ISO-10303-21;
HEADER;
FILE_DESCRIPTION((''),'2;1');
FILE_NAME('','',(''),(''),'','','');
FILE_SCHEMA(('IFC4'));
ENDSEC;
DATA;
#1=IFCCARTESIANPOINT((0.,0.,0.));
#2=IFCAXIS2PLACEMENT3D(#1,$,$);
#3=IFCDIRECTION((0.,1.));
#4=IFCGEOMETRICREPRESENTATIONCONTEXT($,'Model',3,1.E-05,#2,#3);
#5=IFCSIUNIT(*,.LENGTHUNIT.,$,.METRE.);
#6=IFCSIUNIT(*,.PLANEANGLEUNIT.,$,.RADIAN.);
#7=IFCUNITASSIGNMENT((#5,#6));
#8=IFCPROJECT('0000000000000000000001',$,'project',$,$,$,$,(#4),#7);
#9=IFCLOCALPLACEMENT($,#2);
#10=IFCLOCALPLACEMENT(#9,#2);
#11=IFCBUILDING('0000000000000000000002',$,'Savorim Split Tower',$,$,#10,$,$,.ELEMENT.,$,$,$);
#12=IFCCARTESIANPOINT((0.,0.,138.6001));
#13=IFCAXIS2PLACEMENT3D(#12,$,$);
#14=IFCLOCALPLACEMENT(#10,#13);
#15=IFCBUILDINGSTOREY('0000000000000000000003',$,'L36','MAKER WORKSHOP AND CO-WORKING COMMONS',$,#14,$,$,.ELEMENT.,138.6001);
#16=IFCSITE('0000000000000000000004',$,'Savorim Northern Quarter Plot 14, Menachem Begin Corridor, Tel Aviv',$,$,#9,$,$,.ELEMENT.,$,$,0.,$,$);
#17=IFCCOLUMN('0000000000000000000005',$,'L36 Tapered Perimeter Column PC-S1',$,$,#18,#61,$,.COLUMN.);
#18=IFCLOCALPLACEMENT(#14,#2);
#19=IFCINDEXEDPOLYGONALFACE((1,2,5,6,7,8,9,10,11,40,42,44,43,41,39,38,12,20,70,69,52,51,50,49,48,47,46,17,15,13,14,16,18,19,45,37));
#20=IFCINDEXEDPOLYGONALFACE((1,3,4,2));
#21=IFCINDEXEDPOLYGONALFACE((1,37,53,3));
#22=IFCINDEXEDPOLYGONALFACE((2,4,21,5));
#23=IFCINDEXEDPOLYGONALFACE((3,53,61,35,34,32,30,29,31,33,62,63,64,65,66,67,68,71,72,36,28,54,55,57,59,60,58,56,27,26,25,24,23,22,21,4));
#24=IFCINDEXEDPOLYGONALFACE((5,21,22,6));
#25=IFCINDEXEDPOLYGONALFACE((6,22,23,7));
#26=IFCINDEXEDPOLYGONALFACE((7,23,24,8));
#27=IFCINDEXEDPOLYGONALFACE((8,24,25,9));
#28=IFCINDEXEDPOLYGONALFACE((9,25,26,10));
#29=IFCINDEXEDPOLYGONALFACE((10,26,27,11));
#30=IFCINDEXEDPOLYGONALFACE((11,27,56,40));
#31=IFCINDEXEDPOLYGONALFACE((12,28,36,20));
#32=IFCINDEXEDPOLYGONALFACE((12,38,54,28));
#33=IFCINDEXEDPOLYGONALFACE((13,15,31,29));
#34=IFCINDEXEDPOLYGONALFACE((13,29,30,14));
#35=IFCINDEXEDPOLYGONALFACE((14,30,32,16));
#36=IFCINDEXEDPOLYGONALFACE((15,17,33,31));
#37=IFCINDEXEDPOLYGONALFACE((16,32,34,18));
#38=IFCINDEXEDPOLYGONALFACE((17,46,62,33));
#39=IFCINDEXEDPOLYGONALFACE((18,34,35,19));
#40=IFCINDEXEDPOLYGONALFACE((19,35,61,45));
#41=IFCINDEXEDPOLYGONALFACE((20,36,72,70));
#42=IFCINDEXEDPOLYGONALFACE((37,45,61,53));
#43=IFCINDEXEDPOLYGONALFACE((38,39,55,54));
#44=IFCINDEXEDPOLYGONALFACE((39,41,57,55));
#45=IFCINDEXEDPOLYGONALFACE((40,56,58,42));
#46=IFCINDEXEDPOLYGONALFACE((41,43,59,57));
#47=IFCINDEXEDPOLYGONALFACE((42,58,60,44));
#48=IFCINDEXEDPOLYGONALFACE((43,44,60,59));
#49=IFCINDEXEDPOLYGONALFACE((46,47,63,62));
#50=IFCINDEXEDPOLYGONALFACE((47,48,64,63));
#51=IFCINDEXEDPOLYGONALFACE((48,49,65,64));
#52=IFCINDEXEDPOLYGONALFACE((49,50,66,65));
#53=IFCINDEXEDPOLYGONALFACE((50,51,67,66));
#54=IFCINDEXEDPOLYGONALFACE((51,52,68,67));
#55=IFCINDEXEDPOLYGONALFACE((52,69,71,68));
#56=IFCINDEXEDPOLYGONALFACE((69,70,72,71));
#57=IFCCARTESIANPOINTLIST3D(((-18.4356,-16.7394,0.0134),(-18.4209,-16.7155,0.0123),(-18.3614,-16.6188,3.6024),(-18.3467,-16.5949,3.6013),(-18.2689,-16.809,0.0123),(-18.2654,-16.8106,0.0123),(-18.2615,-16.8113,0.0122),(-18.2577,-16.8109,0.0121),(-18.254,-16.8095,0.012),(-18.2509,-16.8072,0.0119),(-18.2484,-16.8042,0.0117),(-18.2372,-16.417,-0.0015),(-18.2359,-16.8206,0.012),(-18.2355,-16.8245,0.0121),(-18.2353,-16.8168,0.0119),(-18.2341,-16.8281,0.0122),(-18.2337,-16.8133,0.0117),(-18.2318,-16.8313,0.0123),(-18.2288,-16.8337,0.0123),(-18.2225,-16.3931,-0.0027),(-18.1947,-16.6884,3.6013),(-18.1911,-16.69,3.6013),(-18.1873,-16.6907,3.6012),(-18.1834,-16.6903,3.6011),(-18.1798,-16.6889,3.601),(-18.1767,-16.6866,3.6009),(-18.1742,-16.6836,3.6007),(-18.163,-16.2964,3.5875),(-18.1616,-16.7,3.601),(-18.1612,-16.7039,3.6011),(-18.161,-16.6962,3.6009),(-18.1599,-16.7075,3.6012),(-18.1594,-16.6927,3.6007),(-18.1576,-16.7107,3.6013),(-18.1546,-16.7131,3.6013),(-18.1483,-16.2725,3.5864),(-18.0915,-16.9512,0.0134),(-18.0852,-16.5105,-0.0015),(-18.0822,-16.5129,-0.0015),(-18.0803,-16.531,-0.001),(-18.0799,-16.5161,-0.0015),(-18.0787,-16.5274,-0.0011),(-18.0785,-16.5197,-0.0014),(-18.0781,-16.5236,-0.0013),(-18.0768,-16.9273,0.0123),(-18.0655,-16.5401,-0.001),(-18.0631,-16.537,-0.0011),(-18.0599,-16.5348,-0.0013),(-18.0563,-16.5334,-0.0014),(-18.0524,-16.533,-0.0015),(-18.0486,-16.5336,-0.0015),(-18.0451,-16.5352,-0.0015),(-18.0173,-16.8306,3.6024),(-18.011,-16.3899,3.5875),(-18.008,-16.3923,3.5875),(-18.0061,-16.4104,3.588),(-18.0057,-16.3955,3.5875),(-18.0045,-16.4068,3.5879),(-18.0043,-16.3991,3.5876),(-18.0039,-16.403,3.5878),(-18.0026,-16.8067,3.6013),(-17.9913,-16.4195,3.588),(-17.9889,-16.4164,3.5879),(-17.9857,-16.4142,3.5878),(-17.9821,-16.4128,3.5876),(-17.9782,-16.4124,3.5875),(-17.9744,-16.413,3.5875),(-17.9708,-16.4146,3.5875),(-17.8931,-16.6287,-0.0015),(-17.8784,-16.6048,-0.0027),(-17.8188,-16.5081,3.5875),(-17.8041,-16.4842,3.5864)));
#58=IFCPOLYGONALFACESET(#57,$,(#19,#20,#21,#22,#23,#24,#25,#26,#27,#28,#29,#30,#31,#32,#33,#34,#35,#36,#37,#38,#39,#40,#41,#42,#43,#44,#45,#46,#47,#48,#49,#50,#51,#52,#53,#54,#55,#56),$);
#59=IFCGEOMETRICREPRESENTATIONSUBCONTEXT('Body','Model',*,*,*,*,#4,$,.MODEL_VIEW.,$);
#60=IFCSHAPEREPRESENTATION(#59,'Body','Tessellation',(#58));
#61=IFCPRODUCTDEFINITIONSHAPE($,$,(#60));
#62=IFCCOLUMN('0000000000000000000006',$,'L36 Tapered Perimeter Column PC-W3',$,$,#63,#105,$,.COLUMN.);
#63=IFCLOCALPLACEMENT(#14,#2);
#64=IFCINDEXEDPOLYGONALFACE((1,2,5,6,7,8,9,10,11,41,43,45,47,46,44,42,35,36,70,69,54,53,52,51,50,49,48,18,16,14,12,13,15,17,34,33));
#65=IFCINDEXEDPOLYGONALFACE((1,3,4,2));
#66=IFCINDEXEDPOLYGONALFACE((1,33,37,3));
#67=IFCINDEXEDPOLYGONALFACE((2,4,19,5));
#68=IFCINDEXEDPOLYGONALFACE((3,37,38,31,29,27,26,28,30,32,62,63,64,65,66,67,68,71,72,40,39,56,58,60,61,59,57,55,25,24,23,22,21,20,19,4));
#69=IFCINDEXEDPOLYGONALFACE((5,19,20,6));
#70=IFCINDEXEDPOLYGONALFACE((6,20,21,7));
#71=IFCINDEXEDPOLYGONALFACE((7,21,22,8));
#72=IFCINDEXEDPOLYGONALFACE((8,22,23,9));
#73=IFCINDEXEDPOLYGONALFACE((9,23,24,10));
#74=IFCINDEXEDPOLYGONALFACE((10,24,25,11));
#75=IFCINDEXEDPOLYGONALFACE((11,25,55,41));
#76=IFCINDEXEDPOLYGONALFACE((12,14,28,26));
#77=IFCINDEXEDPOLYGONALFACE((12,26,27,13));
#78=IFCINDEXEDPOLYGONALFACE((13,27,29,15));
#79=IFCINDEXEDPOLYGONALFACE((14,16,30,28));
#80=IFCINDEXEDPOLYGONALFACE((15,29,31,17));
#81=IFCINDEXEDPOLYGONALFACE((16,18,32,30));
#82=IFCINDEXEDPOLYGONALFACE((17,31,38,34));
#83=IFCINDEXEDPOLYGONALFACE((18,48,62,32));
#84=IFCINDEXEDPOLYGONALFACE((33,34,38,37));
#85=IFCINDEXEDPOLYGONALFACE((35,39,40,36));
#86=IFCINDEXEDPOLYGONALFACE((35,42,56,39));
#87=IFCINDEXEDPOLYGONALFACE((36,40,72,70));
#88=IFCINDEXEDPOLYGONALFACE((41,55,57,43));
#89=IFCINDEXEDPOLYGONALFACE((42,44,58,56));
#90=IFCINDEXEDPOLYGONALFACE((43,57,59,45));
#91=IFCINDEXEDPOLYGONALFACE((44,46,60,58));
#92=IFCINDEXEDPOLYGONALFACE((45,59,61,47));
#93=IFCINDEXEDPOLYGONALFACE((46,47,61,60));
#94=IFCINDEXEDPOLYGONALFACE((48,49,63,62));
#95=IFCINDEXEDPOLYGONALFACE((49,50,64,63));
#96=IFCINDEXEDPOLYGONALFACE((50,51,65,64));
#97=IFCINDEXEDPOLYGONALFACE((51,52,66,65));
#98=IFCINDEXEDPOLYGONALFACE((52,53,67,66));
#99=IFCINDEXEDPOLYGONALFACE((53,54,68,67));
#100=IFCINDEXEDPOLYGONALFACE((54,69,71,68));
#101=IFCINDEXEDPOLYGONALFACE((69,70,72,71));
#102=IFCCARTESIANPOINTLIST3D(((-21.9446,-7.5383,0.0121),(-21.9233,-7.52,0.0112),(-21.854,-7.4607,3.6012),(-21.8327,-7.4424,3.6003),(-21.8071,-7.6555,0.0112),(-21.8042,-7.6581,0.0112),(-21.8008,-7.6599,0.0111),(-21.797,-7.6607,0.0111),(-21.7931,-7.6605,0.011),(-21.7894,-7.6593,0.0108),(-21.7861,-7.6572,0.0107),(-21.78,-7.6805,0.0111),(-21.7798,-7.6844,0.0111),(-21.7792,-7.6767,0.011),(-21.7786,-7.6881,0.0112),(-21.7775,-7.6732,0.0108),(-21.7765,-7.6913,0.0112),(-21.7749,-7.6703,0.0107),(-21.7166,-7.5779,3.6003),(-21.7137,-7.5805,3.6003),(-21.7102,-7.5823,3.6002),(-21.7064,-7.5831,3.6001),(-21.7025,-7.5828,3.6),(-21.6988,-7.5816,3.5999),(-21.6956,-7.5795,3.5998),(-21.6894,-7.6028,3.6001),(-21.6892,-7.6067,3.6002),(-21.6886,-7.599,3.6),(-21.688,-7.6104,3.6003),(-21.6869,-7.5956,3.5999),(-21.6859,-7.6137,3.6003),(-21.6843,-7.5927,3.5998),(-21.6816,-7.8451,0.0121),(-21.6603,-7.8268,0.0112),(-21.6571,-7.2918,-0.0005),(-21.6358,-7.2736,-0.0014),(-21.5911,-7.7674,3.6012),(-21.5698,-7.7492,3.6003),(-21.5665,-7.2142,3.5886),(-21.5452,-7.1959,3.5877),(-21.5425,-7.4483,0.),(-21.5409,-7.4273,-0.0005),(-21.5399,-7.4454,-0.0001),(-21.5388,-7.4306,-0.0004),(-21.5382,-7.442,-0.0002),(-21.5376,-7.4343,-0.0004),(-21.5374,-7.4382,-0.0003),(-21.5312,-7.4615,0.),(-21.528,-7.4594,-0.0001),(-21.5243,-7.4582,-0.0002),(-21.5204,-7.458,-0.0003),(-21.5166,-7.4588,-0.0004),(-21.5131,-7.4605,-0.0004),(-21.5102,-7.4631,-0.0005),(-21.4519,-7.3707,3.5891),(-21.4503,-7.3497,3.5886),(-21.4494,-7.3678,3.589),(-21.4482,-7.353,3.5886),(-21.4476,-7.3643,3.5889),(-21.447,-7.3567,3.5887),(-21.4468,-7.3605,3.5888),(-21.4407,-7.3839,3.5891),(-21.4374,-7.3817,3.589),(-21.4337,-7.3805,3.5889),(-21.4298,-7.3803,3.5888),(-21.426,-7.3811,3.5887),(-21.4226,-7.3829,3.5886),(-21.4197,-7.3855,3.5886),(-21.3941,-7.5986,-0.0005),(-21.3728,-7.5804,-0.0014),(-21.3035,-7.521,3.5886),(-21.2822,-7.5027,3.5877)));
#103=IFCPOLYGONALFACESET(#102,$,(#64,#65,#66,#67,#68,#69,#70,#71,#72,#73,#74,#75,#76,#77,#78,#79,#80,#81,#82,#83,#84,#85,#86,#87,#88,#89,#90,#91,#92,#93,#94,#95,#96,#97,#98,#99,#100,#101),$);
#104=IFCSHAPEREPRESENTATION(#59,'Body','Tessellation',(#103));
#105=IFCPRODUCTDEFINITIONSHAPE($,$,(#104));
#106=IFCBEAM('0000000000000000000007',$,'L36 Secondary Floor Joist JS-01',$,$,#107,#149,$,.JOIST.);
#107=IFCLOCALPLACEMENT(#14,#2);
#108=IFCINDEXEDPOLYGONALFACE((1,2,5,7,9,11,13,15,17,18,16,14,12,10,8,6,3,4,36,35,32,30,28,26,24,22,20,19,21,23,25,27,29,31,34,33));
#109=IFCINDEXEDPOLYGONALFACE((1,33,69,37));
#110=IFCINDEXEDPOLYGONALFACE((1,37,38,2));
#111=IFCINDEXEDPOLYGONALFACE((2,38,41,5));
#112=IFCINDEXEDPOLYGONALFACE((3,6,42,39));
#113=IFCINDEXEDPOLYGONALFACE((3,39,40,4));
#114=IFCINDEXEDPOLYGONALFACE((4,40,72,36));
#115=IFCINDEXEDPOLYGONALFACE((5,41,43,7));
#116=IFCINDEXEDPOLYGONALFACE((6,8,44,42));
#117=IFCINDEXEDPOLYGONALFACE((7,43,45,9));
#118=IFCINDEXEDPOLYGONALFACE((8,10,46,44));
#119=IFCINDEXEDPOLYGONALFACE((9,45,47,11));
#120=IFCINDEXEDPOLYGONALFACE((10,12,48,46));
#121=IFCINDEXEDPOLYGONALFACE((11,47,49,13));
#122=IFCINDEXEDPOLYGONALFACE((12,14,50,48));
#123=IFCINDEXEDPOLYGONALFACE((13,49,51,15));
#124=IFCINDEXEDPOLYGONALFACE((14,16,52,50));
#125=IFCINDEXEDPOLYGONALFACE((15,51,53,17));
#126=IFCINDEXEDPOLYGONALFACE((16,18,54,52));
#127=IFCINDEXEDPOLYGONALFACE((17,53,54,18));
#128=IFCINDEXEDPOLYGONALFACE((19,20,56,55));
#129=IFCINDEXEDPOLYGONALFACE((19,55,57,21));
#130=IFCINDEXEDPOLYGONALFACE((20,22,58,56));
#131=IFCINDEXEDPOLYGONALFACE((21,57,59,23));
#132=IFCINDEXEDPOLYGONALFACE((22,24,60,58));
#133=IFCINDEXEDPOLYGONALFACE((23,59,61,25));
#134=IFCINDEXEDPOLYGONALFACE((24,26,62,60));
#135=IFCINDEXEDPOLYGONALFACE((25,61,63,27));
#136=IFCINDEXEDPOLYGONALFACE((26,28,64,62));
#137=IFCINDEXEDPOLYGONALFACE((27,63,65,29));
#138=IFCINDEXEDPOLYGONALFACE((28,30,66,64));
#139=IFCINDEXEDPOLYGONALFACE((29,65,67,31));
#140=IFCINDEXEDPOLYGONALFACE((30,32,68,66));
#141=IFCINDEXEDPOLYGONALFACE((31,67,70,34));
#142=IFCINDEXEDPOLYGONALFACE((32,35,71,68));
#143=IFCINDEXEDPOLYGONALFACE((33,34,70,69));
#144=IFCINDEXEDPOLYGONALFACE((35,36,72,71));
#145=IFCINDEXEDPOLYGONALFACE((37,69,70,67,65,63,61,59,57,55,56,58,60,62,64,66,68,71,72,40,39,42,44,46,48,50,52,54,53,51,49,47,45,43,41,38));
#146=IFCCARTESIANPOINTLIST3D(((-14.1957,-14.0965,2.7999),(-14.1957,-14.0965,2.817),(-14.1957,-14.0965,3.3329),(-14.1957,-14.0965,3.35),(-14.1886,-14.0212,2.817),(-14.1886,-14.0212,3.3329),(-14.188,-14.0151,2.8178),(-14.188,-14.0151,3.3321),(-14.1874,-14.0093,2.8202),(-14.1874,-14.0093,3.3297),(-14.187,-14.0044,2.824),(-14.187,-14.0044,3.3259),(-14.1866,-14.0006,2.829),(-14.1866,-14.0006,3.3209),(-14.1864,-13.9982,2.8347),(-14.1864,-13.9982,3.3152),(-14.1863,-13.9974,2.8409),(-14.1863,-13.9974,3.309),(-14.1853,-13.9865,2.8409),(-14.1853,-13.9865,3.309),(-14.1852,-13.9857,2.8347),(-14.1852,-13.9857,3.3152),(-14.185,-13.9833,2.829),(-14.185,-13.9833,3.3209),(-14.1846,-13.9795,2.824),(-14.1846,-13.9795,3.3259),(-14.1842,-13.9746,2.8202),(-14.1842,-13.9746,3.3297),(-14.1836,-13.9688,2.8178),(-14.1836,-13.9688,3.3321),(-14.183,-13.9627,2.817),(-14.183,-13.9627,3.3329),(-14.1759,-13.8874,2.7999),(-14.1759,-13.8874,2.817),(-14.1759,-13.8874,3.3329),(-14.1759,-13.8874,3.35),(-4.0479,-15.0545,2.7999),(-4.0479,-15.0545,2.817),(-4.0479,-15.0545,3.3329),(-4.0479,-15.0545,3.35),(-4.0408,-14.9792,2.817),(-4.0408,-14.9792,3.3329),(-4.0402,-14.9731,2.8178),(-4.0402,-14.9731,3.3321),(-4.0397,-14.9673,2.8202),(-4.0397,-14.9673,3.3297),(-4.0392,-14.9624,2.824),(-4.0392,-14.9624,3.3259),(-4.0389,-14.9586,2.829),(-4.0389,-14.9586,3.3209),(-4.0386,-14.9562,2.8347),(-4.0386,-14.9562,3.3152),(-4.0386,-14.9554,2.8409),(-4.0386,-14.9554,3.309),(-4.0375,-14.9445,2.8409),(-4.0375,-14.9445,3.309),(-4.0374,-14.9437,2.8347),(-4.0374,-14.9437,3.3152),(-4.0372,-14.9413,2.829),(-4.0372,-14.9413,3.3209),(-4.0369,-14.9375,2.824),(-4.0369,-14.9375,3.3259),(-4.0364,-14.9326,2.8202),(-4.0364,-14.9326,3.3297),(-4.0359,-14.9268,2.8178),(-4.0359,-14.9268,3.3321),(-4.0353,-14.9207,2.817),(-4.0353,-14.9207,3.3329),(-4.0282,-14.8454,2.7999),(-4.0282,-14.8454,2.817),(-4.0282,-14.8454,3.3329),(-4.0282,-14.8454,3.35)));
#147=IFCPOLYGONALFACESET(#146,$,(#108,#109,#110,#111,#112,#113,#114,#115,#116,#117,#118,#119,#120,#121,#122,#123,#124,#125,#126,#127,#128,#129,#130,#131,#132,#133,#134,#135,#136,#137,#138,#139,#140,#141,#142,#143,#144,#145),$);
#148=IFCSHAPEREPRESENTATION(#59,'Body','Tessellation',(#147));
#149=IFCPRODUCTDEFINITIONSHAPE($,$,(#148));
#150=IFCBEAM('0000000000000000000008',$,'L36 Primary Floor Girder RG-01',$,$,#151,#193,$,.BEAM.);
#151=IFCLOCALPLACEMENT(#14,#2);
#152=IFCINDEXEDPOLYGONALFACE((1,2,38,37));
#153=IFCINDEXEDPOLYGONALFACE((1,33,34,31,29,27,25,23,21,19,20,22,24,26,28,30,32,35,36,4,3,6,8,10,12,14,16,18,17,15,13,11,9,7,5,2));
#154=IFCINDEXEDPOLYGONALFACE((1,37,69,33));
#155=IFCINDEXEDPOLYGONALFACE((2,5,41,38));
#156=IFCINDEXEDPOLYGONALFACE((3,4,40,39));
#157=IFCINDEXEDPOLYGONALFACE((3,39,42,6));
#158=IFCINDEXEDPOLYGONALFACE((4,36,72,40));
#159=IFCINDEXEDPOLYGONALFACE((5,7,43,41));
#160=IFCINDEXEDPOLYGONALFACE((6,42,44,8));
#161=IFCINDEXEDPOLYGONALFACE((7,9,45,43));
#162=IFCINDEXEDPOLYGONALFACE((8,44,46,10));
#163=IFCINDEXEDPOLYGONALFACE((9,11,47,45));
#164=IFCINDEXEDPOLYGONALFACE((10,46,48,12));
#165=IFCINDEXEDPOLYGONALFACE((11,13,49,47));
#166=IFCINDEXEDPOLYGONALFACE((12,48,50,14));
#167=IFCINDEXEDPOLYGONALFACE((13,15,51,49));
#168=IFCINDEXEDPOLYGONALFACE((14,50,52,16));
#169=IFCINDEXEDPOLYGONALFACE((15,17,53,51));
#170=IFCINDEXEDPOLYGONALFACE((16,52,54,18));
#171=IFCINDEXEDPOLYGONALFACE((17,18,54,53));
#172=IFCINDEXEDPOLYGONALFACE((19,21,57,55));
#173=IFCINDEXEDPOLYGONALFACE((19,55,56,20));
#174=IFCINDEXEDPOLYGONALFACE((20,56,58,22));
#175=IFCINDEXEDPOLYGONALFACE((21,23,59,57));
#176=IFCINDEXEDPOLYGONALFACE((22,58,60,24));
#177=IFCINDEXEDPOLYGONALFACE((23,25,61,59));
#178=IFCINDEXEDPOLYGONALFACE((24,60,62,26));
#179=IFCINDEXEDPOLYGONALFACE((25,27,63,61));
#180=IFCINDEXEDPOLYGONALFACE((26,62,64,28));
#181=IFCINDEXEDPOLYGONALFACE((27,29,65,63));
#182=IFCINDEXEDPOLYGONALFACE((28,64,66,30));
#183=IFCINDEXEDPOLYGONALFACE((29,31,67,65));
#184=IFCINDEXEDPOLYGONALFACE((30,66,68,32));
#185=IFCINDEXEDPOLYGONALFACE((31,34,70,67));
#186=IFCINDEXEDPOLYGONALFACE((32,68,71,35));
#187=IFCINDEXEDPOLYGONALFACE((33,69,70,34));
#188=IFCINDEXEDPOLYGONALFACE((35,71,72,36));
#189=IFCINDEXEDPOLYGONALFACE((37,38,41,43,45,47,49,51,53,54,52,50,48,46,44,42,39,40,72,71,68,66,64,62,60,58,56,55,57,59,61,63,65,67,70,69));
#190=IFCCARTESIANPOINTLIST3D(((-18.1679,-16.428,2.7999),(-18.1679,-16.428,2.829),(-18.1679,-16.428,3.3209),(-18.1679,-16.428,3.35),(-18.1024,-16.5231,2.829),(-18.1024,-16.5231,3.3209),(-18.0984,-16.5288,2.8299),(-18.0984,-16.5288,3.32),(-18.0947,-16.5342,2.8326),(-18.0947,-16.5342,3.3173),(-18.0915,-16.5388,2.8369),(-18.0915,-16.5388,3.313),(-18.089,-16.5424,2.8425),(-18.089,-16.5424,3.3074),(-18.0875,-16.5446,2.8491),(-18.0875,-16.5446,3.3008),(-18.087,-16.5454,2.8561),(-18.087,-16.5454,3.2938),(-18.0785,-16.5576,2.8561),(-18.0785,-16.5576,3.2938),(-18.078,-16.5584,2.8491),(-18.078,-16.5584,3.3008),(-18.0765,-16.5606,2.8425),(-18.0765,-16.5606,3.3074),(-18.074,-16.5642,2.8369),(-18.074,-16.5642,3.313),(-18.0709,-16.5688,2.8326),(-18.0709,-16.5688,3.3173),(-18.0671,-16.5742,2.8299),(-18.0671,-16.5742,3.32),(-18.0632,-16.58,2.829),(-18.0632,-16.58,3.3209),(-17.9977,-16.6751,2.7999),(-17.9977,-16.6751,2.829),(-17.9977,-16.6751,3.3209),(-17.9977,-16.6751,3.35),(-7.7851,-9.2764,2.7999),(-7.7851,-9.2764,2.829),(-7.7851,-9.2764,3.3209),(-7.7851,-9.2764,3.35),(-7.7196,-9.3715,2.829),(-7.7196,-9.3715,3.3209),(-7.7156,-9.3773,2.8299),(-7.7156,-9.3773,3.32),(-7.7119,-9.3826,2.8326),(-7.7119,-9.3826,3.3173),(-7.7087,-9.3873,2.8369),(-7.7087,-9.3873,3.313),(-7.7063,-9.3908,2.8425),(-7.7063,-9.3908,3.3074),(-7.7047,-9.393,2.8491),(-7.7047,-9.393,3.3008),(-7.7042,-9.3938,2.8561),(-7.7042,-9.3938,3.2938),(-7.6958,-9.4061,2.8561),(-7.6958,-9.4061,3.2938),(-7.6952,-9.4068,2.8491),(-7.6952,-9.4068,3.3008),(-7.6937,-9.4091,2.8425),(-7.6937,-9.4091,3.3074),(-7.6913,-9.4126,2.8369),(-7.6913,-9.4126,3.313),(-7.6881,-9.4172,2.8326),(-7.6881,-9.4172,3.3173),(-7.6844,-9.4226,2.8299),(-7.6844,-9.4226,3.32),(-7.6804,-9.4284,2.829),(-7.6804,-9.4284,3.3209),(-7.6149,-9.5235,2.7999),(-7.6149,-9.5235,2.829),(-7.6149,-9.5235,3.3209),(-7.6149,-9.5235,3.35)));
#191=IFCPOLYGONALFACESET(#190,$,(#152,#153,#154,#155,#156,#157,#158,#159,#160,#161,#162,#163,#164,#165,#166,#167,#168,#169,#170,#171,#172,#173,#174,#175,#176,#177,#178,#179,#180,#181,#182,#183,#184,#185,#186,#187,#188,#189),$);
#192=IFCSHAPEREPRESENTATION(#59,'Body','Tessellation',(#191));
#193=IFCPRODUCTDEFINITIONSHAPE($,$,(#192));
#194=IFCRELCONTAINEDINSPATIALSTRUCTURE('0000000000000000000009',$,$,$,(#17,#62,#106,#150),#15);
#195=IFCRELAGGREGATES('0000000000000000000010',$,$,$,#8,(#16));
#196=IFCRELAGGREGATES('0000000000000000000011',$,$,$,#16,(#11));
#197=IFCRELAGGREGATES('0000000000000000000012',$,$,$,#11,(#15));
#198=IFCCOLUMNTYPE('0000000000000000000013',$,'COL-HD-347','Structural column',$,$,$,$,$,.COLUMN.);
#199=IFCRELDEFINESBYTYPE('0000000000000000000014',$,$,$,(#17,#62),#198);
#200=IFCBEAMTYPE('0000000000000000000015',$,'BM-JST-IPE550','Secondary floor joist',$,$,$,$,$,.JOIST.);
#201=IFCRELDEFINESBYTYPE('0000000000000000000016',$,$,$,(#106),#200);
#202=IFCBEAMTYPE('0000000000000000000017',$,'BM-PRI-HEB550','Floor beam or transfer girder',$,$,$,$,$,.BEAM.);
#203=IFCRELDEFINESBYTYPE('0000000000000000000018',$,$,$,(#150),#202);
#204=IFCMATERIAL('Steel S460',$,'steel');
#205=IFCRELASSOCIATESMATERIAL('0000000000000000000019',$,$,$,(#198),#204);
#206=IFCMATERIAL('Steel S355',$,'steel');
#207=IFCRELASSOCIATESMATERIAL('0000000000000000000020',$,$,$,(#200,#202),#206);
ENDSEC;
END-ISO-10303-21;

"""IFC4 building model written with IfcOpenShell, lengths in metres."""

from ifc_helpers import new_model, si_unit, direction, frame, origin, origin_2d, place, context, subcontext, project, spatial, i_section, extrude, material, material_profile, profile_set, type_object, element, save


model = new_model("IFC4")

# Units and contexts
model_context = context("Model", 3, precision=1e-05, world=origin(), true_north=direction((0.0, 1.0)))
body_context = subcontext(model_context, "Body", "Model", "MODEL_VIEW")
ifc_project = project(units=[si_unit("LENGTHUNIT", "METRE"), si_unit("PLANEANGLEUNIT", "RADIAN")], contexts=[model_context])

# Site, building, storey
site_placement = place(None, origin())
site = spatial("IfcSite", under=ifc_project, at=site_placement, Name="Savorim Northern Quarter Plot 14, Menachem Begin Corridor, Tel Aviv", CompositionType="ELEMENT", RefElevation=0.0)
building_placement = place(site_placement, origin())
building = spatial("IfcBuilding", under=site, at=building_placement, Name="Savorim Split Tower", CompositionType="ELEMENT")
storey_placement = place(building_placement, frame((0.0, 0.0, 138.6001)))
storey = spatial("IfcBuildingStorey", under=building, at=storey_placement, Name="L36", Description="MAKER WORKSHOP AND CO-WORKING COMMONS", CompositionType="ELEMENT", Elevation=138.6001)

# Columns
ifc_material_1 = material(Name="Steel S460", Category="steel")
ifc_material_profile_1 = material_profile(ifc_material_1, i_section(OverallWidth=0.4041, OverallDepth=0.407, WebThickness=0.0173, FlangeThickness=0.0281, FilletRadius=0.0149, at=origin_2d()), Name="HD 400x347")
ifc_profile_set_1 = profile_set([ifc_material_profile_1], Name="Steel S460")
column_type = type_object("IfcColumnType", Name="COL-HD-347", Description="Structural column", PredefinedType="COLUMN", material=ifc_profile_set_1)
column_1_placement = place(storey_placement, frame((-18.157, -16.6721, 0.0054), z_axis=(0.020663, 0.033577, 0.999223), x_axis=(-0.851658, 0.524097, 0.0)))
element("IfcColumn", 1, at=column_1_placement, inside=storey, type_object=column_type, Name="L36 Tapered Perimeter Column PC-S1", PredefinedType="COLUMN", context=body_context, shape_type="SweptSolid", body=[
    extrude(i_section(OverallWidth=0.4041, OverallDepth=0.407, WebThickness=0.0173, FlangeThickness=0.0281, FilletRadius=0.0149, at=origin_2d()), origin(), (0.0, 0.0, 1.0), 3.5918),
])
column_2_placement = place(storey_placement, frame((-21.6587, -7.5593, 0.0054), z_axis=(0.025222, 0.021619, 0.999448), x_axis=(-0.650791, 0.759257, 0.0)))
element("IfcColumn", 2, at=column_2_placement, inside=storey, type_object=column_type, Name="L36 Tapered Perimeter Column PC-W3", PredefinedType="COLUMN", context=body_context, shape_type="SweptSolid", body=[
    extrude(i_section(OverallWidth=0.4041, OverallDepth=0.407, WebThickness=0.0173, FlangeThickness=0.0281, FilletRadius=0.0149, at=origin_2d()), origin(), (0.0, 0.0, 1.0), 3.5911),
])

# Beams
ifc_material_2 = material(Name="Steel S355", Category="steel")
ifc_material_profile_2 = material_profile(ifc_material_2, i_section(OverallWidth=0.21, OverallDepth=0.55, WebThickness=0.011, FlangeThickness=0.0171, FilletRadius=0.0239, at=origin_2d()), Name="IPE 550")
ifc_profile_set_2 = profile_set([ifc_material_profile_2], Name="Steel S355")
beam_type_1 = type_object("IfcBeamType", Name="BM-JST-IPE550", Description="Secondary floor joist", PredefinedType="JOIST", material=ifc_profile_set_2)
beam_1_placement = place(storey_placement, frame((-14.1858, -13.9919, 3.075), z_axis=(0.995573, -0.093988, 0.0), x_axis=(0.093988, 0.995573, 0.0)))
element("IfcBeam", 3, at=beam_1_placement, inside=storey, type_object=beam_type_1, Name="L36 Secondary Floor Joist JS-01", PredefinedType="JOIST", context=body_context, shape_type="SweptSolid", body=[
    extrude(i_section(OverallWidth=0.21, OverallDepth=0.55, WebThickness=0.011, FlangeThickness=0.0171, FilletRadius=0.0239, at=origin_2d()), origin(), (0.0, 0.0, 1.0), 10.1929),
])
ifc_material_profile_3 = material_profile(ifc_material_2, i_section(OverallWidth=0.3, OverallDepth=0.55, WebThickness=0.0149, FlangeThickness=0.0291, FilletRadius=0.0271, at=origin_2d()), Name="HEB 550")
ifc_profile_set_3 = profile_set([ifc_material_profile_3], Name="Steel S355")
beam_type_2 = type_object("IfcBeamType", Name="BM-PRI-HEB550", Description="Floor beam or transfer girder", PredefinedType="BEAM", material=ifc_profile_set_3)
beam_2_placement = place(storey_placement, frame((-18.0828, -16.5515, 3.075), z_axis=(0.823544, 0.567252, 0.0), x_axis=(-0.567252, 0.823544, 0.0)))
element("IfcBeam", 4, at=beam_2_placement, inside=storey, type_object=beam_type_2, Name="L36 Primary Floor Girder RG-01", PredefinedType="BEAM", context=body_context, shape_type="SweptSolid", body=[
    extrude(i_section(OverallWidth=0.3, OverallDepth=0.55, WebThickness=0.0149, FlangeThickness=0.0291, FilletRadius=0.0271, at=origin_2d()), origin(), (0.0, 0.0, 1.0), 12.6074),
])

save(model, "model.ifc")
